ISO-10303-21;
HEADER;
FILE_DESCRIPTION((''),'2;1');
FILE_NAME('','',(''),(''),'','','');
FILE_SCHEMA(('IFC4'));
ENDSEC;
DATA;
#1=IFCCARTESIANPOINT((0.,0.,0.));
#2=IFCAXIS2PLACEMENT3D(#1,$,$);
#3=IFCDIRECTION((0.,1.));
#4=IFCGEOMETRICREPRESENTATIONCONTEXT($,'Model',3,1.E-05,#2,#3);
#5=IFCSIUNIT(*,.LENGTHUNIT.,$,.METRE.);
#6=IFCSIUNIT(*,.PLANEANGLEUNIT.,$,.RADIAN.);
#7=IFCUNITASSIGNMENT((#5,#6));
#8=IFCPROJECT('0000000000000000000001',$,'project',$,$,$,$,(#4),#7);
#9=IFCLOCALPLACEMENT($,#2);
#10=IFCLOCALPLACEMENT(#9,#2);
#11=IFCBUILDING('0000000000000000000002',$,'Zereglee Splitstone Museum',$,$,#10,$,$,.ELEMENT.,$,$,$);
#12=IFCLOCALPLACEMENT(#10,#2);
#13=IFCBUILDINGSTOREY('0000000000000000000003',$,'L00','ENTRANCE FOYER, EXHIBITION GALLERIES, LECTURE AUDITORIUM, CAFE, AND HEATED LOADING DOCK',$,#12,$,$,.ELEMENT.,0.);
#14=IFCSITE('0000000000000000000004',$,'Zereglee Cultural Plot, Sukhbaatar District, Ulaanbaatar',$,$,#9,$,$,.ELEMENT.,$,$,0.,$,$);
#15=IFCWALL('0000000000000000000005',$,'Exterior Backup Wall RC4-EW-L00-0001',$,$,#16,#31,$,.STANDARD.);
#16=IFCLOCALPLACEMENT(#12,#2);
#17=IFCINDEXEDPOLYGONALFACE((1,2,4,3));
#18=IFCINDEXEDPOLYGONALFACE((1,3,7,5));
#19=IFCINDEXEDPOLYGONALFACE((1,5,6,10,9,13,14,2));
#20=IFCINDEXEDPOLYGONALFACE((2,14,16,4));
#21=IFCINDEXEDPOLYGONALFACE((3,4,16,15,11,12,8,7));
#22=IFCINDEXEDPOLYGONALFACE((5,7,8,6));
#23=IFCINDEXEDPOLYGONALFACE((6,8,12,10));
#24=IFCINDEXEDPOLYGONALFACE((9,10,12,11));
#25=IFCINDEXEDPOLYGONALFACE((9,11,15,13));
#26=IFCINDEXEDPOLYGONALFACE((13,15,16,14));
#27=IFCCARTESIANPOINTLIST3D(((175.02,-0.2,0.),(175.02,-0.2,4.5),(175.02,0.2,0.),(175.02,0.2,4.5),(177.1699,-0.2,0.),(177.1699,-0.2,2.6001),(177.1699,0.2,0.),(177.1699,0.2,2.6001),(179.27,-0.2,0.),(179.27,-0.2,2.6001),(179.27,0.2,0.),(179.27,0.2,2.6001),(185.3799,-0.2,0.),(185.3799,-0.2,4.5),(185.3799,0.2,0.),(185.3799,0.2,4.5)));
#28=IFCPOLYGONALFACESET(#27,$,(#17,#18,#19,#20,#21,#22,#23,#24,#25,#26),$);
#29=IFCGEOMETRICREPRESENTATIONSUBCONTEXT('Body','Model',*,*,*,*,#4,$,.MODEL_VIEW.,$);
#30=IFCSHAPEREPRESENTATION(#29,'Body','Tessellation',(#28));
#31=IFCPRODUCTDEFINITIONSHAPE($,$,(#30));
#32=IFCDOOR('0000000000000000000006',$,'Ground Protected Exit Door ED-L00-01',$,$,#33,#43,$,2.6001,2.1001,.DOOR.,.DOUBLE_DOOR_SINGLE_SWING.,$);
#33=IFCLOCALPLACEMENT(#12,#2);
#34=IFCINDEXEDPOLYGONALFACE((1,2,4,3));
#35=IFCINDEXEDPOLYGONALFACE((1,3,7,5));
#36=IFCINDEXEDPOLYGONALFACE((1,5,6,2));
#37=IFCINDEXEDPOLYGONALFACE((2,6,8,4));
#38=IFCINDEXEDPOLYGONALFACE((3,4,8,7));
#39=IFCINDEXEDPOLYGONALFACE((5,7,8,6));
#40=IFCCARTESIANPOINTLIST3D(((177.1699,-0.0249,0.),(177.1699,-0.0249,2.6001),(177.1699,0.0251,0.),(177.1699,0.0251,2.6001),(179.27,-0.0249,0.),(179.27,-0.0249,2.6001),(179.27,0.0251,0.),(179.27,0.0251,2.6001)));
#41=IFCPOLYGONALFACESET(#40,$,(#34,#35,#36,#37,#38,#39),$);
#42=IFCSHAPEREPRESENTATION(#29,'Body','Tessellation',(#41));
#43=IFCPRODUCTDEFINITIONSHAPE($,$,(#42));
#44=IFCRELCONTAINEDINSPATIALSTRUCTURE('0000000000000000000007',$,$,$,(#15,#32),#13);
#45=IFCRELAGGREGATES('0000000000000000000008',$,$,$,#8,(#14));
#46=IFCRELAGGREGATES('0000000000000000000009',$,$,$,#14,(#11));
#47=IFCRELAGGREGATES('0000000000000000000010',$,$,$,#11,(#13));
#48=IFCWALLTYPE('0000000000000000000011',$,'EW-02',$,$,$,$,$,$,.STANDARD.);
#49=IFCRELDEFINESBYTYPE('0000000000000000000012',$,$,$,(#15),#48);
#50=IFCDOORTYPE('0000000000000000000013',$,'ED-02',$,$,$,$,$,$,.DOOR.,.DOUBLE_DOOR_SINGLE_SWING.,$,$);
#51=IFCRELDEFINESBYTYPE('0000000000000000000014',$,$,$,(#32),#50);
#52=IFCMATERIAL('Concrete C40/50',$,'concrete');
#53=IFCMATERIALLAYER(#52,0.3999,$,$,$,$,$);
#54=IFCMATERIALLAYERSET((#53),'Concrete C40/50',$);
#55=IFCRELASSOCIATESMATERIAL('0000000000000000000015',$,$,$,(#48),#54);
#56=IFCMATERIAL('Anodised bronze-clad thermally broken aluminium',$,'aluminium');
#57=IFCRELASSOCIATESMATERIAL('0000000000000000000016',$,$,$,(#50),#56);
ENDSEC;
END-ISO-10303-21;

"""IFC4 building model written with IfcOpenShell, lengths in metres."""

from ifc_helpers import new_model, si_unit, direction, frame, frame_2d, origin, place, context, subcontext, project, spatial, rectangle, extrude, material, layer, layer_set, type_object, element, fill, save


model = new_model("IFC4")

# Units and contexts
model_context = context("Model", 3, precision=1e-05, world=origin(), true_north=direction((0.0, 1.0)))
body_context = subcontext(model_context, "Body", "Model", "MODEL_VIEW")
ifc_project = project(units=[si_unit("LENGTHUNIT", "METRE"), si_unit("PLANEANGLEUNIT", "RADIAN")], contexts=[model_context])

# Site, building, storey
site_placement = place(None, origin())
site = spatial("IfcSite", under=ifc_project, at=site_placement, Name="Zereglee Cultural Plot, Sukhbaatar District, Ulaanbaatar", CompositionType="ELEMENT", RefElevation=0.0)
building_placement = place(site_placement, origin())
building = spatial("IfcBuilding", under=site, at=building_placement, Name="Zereglee Splitstone Museum", CompositionType="ELEMENT")
storey_placement = place(building_placement, origin())
storey = spatial("IfcBuildingStorey", under=building, at=storey_placement, Name="L00", Description="ENTRANCE FOYER, EXHIBITION GALLERIES, LECTURE AUDITORIUM, CAFE, AND HEATED LOADING DOCK", CompositionType="ELEMENT", Elevation=0.0)

# Wall, opening, door
ifc_material_1 = material(Name="Concrete C40/50", Category="concrete")
ifc_layer_1 = layer(ifc_material_1, 0.3999)
ifc_layer_set_1 = layer_set([ifc_layer_1], Name="Concrete C40/50")
wall_type = type_object("IfcWallType", Name="EW-02", PredefinedType="STANDARD", material=ifc_layer_set_1)
wall_placement = place(storey_placement, frame((175.02, 0.0, 0.0), z_axis=(0.0, 0.0, 1.0), x_axis=(1.0, 0.0, 0.0)))
wall = element("IfcWall", 1, at=wall_placement, inside=storey, type_object=wall_type, Name="Exterior Backup Wall RC4-EW-L00-0001", PredefinedType="STANDARD", context=body_context, shape_type="SweptSolid", body=[
    extrude(rectangle(XDim=10.3599, YDim=0.3999, at=frame_2d((5.1799, 0.0))), origin(), (0.0, 0.0, 1.0), 4.5),
])
opening_placement = place(wall_placement, frame((2.1499, 0.0, 0.0)))
opening = element("IfcOpeningElement", 2, at=opening_placement, cuts=wall, PredefinedType="OPENING", context=body_context, shape_type="SweptSolid", body=[
    extrude(rectangle(XDim=2.1001, YDim=2.6001, at=frame_2d((1.05, 1.3))), frame((0.0, 0.2148, 0.0), z_axis=(0.0, -1.0, 0.0), x_axis=(1.0, 0.0, 0.0)), (0.0, 0.0, 1.0), 0.4297),
])
ifc_material_2 = material(Name="Anodised bronze-clad thermally broken aluminium", Category="aluminium")
door_type = type_object("IfcDoorType", Name="ED-02", OperationType="DOUBLE_DOOR_SINGLE_SWING", PredefinedType="DOOR", material=ifc_material_2)
door_placement = place(opening_placement, frame((2.1001, 0.0, 0.0), z_axis=(0.0, 0.0, 1.0), x_axis=(-1.0, 0.0, 0.0)))
door = element("IfcDoor", 3, at=door_placement, inside=storey, type_object=door_type, Name="Ground Protected Exit Door ED-L00-01", OperationType="DOUBLE_DOOR_SINGLE_SWING", OverallHeight=2.6001, OverallWidth=2.1001, PredefinedType="DOOR", context=body_context, shape_type="SweptSolid", body=[
    extrude(rectangle(XDim=2.1001, YDim=2.6001, at=frame_2d((1.05, 1.3))), frame((0.0, 0.0249, 0.0), z_axis=(0.0, -1.0, 0.0), x_axis=(1.0, 0.0, 0.0)), (0.0, 0.0, 1.0), 0.05),
])
fill(opening, door)

save(model, "model.ifc")
